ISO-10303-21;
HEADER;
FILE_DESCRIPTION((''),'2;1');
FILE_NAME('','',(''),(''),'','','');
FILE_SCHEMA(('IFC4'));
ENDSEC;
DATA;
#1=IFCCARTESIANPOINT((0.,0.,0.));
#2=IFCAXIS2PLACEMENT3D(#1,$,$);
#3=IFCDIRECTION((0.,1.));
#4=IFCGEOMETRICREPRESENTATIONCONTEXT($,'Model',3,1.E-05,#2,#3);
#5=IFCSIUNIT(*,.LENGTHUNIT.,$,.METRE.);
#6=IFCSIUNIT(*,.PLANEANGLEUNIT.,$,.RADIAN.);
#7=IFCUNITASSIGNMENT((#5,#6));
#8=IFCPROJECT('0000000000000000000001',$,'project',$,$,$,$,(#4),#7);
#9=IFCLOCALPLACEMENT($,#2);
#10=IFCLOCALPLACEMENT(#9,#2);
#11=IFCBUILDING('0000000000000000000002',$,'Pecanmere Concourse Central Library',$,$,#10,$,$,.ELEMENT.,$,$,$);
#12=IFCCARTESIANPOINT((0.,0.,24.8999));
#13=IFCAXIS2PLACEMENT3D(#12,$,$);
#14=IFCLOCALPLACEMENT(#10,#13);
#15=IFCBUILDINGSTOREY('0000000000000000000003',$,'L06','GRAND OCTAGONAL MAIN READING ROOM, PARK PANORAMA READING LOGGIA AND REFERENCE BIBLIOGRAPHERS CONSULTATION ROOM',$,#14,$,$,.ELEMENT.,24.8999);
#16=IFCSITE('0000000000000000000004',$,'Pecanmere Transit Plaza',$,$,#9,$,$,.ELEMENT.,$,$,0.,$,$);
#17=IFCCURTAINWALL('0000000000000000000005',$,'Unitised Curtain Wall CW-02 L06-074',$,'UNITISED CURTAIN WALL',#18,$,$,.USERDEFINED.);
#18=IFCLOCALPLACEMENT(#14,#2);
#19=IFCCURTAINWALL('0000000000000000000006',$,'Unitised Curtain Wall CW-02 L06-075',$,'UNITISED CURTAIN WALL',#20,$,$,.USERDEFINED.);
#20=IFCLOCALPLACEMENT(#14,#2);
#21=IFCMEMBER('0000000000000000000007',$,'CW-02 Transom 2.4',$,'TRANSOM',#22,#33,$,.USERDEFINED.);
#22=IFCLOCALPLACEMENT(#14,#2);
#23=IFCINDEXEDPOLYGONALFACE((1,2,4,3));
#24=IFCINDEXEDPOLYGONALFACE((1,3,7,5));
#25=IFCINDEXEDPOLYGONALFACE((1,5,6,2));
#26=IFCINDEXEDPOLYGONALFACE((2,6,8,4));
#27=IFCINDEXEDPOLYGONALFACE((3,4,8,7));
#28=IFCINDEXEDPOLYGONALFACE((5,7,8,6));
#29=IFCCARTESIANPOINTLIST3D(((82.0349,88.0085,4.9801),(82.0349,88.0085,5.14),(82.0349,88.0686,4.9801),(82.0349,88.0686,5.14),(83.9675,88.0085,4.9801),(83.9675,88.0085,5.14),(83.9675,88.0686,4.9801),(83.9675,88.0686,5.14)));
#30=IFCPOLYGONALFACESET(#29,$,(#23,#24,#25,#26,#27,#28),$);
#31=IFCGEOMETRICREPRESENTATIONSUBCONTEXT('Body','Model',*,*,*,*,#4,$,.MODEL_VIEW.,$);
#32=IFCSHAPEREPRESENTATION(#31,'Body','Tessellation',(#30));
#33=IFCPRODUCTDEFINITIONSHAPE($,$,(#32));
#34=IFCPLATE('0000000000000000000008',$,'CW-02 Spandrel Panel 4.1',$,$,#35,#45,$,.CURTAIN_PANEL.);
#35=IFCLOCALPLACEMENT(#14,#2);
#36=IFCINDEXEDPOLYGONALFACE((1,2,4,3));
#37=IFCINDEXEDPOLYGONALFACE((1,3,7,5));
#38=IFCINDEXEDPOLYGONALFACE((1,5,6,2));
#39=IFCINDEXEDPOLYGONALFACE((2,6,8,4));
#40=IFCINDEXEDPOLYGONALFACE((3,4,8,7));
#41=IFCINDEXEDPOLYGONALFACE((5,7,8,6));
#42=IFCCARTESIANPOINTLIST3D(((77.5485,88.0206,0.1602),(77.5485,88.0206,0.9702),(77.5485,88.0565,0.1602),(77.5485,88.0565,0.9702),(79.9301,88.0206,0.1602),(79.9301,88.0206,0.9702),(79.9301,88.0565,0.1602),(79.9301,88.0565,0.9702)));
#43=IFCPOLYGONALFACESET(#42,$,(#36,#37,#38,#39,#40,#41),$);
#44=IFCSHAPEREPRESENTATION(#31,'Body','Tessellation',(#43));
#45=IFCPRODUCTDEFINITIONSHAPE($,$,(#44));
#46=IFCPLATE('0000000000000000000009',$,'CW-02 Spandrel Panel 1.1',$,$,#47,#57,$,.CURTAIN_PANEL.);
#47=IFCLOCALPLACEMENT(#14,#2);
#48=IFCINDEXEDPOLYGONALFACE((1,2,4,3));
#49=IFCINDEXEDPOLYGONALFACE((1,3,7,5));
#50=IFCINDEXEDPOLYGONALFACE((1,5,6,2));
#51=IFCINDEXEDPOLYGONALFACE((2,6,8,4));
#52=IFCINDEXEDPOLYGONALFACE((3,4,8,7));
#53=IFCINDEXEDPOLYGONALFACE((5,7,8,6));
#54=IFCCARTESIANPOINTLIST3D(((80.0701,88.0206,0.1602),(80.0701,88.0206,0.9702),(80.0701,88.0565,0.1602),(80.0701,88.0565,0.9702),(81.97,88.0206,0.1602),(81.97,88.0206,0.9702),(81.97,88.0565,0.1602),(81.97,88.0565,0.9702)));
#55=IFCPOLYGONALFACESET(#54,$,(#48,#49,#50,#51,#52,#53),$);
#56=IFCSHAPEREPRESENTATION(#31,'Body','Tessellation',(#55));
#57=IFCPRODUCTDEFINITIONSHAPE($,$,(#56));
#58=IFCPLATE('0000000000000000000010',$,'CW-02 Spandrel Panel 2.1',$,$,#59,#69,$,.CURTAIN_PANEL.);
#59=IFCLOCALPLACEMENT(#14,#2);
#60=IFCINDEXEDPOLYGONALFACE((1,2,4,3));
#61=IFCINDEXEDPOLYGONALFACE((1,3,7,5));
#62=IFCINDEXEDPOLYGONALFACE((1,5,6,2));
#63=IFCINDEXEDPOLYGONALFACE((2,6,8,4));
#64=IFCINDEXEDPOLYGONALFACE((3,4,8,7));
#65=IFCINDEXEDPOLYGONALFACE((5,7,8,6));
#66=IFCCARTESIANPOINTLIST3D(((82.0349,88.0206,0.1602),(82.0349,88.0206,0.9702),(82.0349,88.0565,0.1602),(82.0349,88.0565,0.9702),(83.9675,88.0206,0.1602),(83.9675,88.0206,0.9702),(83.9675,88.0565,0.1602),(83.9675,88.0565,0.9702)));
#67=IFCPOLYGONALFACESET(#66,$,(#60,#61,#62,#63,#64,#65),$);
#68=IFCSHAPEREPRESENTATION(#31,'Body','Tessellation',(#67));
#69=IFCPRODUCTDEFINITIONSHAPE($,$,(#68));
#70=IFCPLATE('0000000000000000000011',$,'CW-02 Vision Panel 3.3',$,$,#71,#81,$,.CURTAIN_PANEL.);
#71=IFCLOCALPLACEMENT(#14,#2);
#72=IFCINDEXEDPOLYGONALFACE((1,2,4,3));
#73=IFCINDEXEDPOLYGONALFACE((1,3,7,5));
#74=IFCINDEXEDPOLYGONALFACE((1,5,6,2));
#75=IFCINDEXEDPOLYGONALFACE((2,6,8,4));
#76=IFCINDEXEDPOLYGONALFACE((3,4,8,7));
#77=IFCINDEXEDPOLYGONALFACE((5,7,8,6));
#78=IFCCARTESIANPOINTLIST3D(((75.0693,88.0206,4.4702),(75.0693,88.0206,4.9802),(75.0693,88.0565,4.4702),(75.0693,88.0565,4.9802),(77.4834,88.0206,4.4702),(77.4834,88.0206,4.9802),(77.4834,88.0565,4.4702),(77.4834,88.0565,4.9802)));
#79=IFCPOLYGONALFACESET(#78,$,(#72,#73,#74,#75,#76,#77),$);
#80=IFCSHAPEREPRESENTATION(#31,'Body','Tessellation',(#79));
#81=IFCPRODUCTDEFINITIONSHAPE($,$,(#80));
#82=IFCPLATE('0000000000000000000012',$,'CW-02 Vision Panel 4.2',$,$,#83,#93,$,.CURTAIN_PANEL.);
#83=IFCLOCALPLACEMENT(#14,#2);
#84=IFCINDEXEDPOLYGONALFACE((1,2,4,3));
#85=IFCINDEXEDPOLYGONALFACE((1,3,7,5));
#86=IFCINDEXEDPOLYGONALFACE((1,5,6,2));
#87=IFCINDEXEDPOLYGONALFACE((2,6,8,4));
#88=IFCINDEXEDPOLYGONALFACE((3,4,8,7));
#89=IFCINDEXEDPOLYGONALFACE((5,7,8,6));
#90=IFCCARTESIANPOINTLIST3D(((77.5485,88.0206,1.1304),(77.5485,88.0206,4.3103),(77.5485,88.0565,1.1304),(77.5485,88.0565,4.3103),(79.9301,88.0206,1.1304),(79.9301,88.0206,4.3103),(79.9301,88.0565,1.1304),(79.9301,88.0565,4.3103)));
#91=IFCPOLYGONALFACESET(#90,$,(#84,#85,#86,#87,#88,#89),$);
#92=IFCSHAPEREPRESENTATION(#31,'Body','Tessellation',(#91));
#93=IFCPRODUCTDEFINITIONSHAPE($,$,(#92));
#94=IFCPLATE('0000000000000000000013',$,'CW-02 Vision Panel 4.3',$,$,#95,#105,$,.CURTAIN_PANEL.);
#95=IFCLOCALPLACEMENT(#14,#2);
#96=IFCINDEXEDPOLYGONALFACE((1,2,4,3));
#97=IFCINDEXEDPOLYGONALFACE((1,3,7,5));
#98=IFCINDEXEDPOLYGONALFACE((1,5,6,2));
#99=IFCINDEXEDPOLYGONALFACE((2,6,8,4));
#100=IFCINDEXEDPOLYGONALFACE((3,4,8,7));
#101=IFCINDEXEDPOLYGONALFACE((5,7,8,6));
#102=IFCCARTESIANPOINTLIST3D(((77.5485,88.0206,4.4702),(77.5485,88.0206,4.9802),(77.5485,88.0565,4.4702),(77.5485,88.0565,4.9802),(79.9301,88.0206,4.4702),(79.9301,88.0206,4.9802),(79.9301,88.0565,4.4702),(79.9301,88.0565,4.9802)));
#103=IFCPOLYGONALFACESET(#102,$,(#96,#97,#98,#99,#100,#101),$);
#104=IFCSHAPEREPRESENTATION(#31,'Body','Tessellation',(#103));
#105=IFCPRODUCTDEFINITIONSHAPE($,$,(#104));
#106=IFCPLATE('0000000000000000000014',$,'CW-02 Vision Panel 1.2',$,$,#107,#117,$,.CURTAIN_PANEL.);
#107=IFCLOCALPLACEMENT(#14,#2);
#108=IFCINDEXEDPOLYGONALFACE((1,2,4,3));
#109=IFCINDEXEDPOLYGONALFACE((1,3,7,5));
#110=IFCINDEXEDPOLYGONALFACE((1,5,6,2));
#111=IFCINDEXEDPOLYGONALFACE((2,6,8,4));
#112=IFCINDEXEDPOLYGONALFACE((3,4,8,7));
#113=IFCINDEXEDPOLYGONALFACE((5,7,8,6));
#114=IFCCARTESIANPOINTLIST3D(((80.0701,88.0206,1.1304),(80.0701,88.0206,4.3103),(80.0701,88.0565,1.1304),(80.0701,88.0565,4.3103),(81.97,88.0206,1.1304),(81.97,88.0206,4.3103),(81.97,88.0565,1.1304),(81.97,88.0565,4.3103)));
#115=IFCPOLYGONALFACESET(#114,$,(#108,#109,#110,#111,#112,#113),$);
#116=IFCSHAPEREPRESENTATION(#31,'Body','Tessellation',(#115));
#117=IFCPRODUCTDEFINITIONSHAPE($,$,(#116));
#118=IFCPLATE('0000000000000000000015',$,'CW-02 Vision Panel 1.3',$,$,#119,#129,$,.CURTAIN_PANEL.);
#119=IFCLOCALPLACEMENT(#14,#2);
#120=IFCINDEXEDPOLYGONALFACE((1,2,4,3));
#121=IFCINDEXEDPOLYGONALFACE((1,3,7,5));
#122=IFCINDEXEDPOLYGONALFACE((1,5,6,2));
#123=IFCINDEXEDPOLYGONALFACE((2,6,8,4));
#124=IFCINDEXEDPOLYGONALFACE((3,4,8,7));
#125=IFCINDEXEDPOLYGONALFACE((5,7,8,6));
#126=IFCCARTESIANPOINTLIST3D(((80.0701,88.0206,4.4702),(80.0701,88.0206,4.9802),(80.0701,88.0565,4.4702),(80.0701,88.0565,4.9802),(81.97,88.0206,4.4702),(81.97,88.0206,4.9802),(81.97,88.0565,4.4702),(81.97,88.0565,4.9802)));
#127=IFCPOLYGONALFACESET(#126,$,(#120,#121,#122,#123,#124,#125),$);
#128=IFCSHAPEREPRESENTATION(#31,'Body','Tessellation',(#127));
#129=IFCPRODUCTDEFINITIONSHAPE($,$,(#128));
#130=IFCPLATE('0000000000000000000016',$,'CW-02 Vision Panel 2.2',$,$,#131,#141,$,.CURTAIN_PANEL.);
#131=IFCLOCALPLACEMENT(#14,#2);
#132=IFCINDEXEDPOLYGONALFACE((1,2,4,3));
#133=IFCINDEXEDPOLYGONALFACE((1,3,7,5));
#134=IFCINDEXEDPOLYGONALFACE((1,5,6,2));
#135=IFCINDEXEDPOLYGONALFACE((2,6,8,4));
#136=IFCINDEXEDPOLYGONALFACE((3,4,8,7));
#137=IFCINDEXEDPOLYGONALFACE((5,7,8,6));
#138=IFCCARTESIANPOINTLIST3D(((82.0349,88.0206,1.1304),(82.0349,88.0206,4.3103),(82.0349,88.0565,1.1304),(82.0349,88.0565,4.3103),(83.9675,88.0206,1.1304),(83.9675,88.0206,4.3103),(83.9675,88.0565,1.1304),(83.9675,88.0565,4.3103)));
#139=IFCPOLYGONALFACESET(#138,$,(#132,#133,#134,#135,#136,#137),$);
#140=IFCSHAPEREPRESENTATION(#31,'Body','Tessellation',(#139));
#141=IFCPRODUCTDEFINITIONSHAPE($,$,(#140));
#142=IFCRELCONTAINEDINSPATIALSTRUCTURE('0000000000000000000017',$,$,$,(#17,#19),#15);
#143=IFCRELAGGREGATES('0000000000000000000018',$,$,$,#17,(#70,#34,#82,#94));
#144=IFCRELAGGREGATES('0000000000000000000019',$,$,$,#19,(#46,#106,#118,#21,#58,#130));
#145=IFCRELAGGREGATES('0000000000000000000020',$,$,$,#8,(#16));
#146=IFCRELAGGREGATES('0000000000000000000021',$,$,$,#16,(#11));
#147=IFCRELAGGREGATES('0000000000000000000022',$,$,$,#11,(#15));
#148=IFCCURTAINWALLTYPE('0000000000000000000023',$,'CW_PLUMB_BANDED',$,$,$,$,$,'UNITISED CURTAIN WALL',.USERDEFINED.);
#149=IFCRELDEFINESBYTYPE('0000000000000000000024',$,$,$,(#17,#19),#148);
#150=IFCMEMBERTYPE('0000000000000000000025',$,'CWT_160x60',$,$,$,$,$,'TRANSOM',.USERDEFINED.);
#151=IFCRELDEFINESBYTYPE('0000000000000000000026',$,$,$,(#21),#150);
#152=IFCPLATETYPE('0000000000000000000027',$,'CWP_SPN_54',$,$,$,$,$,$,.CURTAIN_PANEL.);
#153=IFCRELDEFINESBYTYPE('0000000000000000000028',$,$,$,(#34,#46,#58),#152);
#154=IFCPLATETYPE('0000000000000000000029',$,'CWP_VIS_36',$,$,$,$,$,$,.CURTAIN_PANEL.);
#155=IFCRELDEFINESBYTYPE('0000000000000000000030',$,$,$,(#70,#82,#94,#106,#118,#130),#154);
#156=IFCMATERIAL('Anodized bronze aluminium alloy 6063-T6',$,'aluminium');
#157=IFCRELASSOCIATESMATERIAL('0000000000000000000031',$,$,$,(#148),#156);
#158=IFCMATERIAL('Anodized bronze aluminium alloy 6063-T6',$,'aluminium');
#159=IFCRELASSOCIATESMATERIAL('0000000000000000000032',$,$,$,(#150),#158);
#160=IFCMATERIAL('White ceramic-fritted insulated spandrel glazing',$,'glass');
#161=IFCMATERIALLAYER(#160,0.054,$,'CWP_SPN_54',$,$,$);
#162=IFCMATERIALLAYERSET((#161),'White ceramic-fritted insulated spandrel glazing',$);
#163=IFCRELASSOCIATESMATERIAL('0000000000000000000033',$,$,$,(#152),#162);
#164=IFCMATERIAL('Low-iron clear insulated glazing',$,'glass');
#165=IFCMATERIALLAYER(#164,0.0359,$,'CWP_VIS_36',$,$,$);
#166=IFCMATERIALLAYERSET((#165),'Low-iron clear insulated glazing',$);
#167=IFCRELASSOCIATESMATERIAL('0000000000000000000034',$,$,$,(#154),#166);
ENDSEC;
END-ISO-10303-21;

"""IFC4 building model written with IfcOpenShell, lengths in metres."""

from ifc_helpers import new_model, si_unit, direction, frame, origin, origin_2d, place, context, subcontext, project, spatial, rectangle, extrude, material, layer, layer_set, material_profile, profile_set, type_object, element, aggregate, save


model = new_model("IFC4")

# Units and contexts
model_context = context("Model", 3, precision=1e-05, world=origin(), true_north=direction((0.0, 1.0)))
body_context = subcontext(model_context, "Body", "Model", "MODEL_VIEW")
ifc_project = project(units=[si_unit("LENGTHUNIT", "METRE"), si_unit("PLANEANGLEUNIT", "RADIAN")], contexts=[model_context])

# Site, building, storey
site_placement = place(None, origin())
site = spatial("IfcSite", under=ifc_project, at=site_placement, Name="Pecanmere Transit Plaza", CompositionType="ELEMENT", RefElevation=0.0)
building_placement = place(site_placement, origin())
building = spatial("IfcBuilding", under=site, at=building_placement, Name="Pecanmere Concourse Central Library", CompositionType="ELEMENT")
storey_placement = place(building_placement, frame((0.0, 0.0, 24.8999)))
storey = spatial("IfcBuildingStorey", under=building, at=storey_placement, Name="L06", Description="GRAND OCTAGONAL MAIN READING ROOM, PARK PANORAMA READING LOGGIA AND REFERENCE BIBLIOGRAPHERS CONSULTATION ROOM", CompositionType="ELEMENT", Elevation=24.8999)

# Curtain walls
ifc_material_1 = material(Name="Anodized bronze aluminium alloy 6063-T6", Category="aluminium")
curtain_wall_type = type_object("IfcCurtainWallType", Name="CW_PLUMB_BANDED", ElementType="UNITISED CURTAIN WALL", PredefinedType="USERDEFINED", material=ifc_material_1)
curtain_wall_1_placement = place(storey_placement, origin())
curtain_wall_1 = element("IfcCurtainWall", 1, at=curtain_wall_1_placement, inside=storey, type_object=curtain_wall_type, Name="Unitised Curtain Wall CW-02 L06-074", ObjectType="UNITISED CURTAIN WALL", PredefinedType="USERDEFINED")
curtain_wall_2_placement = place(storey_placement, origin())
curtain_wall_2 = element("IfcCurtainWall", 2, at=curtain_wall_2_placement, inside=storey, type_object=curtain_wall_type, Name="Unitised Curtain Wall CW-02 L06-075", ObjectType="UNITISED CURTAIN WALL", PredefinedType="USERDEFINED")

# Member
ifc_material_2 = material(Name="Anodized bronze aluminium alloy 6063-T6", Category="aluminium")
ifc_material_profile_1 = material_profile(ifc_material_2, rectangle(XDim=0.0601, YDim=0.1599, at=origin_2d()), Name="AL 60x160")
ifc_profile_set_1 = profile_set([ifc_material_profile_1], Name="Anodized bronze aluminium alloy 6063-T6")
member_type_1 = type_object("IfcMemberType", Name="CWT_160x60", ElementType="TRANSOM", PredefinedType="USERDEFINED", material=ifc_profile_set_1)
member_1_placement = place(storey_placement, frame((82.0349, 88.0386, 5.0601), z_axis=(1.0, 0.0, 0.0), x_axis=(0.0, 1.0, 0.0)))
member_1 = element("IfcMember", 3, at=member_1_placement, type_object=member_type_1, Name="CW-02 Transom 2.4", ObjectType="TRANSOM", PredefinedType="USERDEFINED", context=body_context, shape_type="SweptSolid", body=[
    extrude(rectangle(XDim=0.0601, YDim=0.1599, at=origin_2d()), origin(), (0.0, 0.0, 1.0), 1.9326),
])

# Plates
ifc_material_3 = material(Name="White ceramic-fritted insulated spandrel glazing", Category="glass")
ifc_layer_1 = layer(ifc_material_3, 0.054, Name="CWP_SPN_54")
ifc_layer_set_1 = layer_set([ifc_layer_1], Name="White ceramic-fritted insulated spandrel glazing")
plate_type_1 = type_object("IfcPlateType", Name="CWP_SPN_54", PredefinedType="CURTAIN_PANEL", material=ifc_layer_set_1)
plate_1_placement = place(storey_placement, frame((78.7393, 88.0386, 0.1602), z_axis=(0.0, 0.0, 1.0), x_axis=(1.0, 0.0, 0.0)))
plate_1 = element("IfcPlate", 4, at=plate_1_placement, type_object=plate_type_1, Name="CW-02 Spandrel Panel 4.1", PredefinedType="CURTAIN_PANEL", context=body_context, shape_type="SweptSolid", body=[
    extrude(rectangle(XDim=2.3816, YDim=0.0359, at=origin_2d()), origin(), (0.0, 0.0, 1.0), 0.8101),
])
plate_2_placement = place(storey_placement, frame((81.02, 88.0386, 0.1602), z_axis=(0.0, 0.0, 1.0), x_axis=(1.0, 0.0, 0.0)))
plate_2 = element("IfcPlate", 5, at=plate_2_placement, type_object=plate_type_1, Name="CW-02 Spandrel Panel 1.1", PredefinedType="CURTAIN_PANEL", context=body_context, shape_type="SweptSolid", body=[
    extrude(rectangle(XDim=1.8999, YDim=0.0359, at=origin_2d()), origin(), (0.0, 0.0, 1.0), 0.8101),
])
plate_3_placement = place(storey_placement, frame((83.0012, 88.0386, 0.1602), z_axis=(0.0, 0.0, 1.0), x_axis=(1.0, 0.0, 0.0)))
plate_3 = element("IfcPlate", 6, at=plate_3_placement, type_object=plate_type_1, Name="CW-02 Spandrel Panel 2.1", PredefinedType="CURTAIN_PANEL", context=body_context, shape_type="SweptSolid", body=[
    extrude(rectangle(XDim=1.9326, YDim=0.0359, at=origin_2d()), origin(), (0.0, 0.0, 1.0), 0.8101),
])
ifc_material_4 = material(Name="Low-iron clear insulated glazing", Category="glass")
ifc_layer_2 = layer(ifc_material_4, 0.0359, Name="CWP_VIS_36")
ifc_layer_set_2 = layer_set([ifc_layer_2], Name="Low-iron clear insulated glazing")
plate_type_2 = type_object("IfcPlateType", Name="CWP_VIS_36", PredefinedType="CURTAIN_PANEL", material=ifc_layer_set_2)
plate_4_placement = place(storey_placement, frame((76.2764, 88.0386, 4.4702), z_axis=(0.0, 0.0, 1.0), x_axis=(1.0, 0.0, 0.0)))
plate_4 = element("IfcPlate", 7, at=plate_4_placement, type_object=plate_type_2, Name="CW-02 Vision Panel 3.3", PredefinedType="CURTAIN_PANEL", context=body_context, shape_type="SweptSolid", body=[
    extrude(rectangle(XDim=2.4141, YDim=0.0359, at=origin_2d()), origin(), (0.0, 0.0, 1.0), 0.51),
])
plate_5_placement = place(storey_placement, frame((78.7393, 88.0386, 1.1304), z_axis=(0.0, 0.0, 1.0), x_axis=(1.0, 0.0, 0.0)))
plate_5 = element("IfcPlate", 8, at=plate_5_placement, type_object=plate_type_2, Name="CW-02 Vision Panel 4.2", PredefinedType="CURTAIN_PANEL", context=body_context, shape_type="SweptSolid", body=[
    extrude(rectangle(XDim=2.3816, YDim=0.0359, at=origin_2d()), origin(), (0.0, 0.0, 1.0), 3.1799),
])
plate_6_placement = place(storey_placement, frame((78.7393, 88.0386, 4.4702), z_axis=(0.0, 0.0, 1.0), x_axis=(1.0, 0.0, 0.0)))
plate_6 = element("IfcPlate", 9, at=plate_6_placement, type_object=plate_type_2, Name="CW-02 Vision Panel 4.3", PredefinedType="CURTAIN_PANEL", context=body_context, shape_type="SweptSolid", body=[
    extrude(rectangle(XDim=2.3816, YDim=0.0359, at=origin_2d()), origin(), (0.0, 0.0, 1.0), 0.51),
])
aggregate(curtain_wall_1, [plate_4, plate_1, plate_5, plate_6])
plate_7_placement = place(storey_placement, frame((81.02, 88.0386, 1.1304), z_axis=(0.0, 0.0, 1.0), x_axis=(1.0, 0.0, 0.0)))
plate_7 = element("IfcPlate", 10, at=plate_7_placement, type_object=plate_type_2, Name="CW-02 Vision Panel 1.2", PredefinedType="CURTAIN_PANEL", context=body_context, shape_type="SweptSolid", body=[
    extrude(rectangle(XDim=1.8999, YDim=0.0359, at=origin_2d()), origin(), (0.0, 0.0, 1.0), 3.1799),
])
plate_8_placement = place(storey_placement, frame((81.02, 88.0386, 4.4702), z_axis=(0.0, 0.0, 1.0), x_axis=(1.0, 0.0, 0.0)))
plate_8 = element("IfcPlate", 11, at=plate_8_placement, type_object=plate_type_2, Name="CW-02 Vision Panel 1.3", PredefinedType="CURTAIN_PANEL", context=body_context, shape_type="SweptSolid", body=[
    extrude(rectangle(XDim=1.8999, YDim=0.0359, at=origin_2d()), origin(), (0.0, 0.0, 1.0), 0.51),
])
plate_9_placement = place(storey_placement, frame((83.0012, 88.0386, 1.1304), z_axis=(0.0, 0.0, 1.0), x_axis=(1.0, 0.0, 0.0)))
plate_9 = element("IfcPlate", 12, at=plate_9_placement, type_object=plate_type_2, Name="CW-02 Vision Panel 2.2", PredefinedType="CURTAIN_PANEL", context=body_context, shape_type="SweptSolid", body=[
    extrude(rectangle(XDim=1.9326, YDim=0.0359, at=origin_2d()), origin(), (0.0, 0.0, 1.0), 3.1799),
])
aggregate(curtain_wall_2, [plate_2, plate_7, plate_8, member_1, plate_3, plate_9])

save(model, "model.ifc")
